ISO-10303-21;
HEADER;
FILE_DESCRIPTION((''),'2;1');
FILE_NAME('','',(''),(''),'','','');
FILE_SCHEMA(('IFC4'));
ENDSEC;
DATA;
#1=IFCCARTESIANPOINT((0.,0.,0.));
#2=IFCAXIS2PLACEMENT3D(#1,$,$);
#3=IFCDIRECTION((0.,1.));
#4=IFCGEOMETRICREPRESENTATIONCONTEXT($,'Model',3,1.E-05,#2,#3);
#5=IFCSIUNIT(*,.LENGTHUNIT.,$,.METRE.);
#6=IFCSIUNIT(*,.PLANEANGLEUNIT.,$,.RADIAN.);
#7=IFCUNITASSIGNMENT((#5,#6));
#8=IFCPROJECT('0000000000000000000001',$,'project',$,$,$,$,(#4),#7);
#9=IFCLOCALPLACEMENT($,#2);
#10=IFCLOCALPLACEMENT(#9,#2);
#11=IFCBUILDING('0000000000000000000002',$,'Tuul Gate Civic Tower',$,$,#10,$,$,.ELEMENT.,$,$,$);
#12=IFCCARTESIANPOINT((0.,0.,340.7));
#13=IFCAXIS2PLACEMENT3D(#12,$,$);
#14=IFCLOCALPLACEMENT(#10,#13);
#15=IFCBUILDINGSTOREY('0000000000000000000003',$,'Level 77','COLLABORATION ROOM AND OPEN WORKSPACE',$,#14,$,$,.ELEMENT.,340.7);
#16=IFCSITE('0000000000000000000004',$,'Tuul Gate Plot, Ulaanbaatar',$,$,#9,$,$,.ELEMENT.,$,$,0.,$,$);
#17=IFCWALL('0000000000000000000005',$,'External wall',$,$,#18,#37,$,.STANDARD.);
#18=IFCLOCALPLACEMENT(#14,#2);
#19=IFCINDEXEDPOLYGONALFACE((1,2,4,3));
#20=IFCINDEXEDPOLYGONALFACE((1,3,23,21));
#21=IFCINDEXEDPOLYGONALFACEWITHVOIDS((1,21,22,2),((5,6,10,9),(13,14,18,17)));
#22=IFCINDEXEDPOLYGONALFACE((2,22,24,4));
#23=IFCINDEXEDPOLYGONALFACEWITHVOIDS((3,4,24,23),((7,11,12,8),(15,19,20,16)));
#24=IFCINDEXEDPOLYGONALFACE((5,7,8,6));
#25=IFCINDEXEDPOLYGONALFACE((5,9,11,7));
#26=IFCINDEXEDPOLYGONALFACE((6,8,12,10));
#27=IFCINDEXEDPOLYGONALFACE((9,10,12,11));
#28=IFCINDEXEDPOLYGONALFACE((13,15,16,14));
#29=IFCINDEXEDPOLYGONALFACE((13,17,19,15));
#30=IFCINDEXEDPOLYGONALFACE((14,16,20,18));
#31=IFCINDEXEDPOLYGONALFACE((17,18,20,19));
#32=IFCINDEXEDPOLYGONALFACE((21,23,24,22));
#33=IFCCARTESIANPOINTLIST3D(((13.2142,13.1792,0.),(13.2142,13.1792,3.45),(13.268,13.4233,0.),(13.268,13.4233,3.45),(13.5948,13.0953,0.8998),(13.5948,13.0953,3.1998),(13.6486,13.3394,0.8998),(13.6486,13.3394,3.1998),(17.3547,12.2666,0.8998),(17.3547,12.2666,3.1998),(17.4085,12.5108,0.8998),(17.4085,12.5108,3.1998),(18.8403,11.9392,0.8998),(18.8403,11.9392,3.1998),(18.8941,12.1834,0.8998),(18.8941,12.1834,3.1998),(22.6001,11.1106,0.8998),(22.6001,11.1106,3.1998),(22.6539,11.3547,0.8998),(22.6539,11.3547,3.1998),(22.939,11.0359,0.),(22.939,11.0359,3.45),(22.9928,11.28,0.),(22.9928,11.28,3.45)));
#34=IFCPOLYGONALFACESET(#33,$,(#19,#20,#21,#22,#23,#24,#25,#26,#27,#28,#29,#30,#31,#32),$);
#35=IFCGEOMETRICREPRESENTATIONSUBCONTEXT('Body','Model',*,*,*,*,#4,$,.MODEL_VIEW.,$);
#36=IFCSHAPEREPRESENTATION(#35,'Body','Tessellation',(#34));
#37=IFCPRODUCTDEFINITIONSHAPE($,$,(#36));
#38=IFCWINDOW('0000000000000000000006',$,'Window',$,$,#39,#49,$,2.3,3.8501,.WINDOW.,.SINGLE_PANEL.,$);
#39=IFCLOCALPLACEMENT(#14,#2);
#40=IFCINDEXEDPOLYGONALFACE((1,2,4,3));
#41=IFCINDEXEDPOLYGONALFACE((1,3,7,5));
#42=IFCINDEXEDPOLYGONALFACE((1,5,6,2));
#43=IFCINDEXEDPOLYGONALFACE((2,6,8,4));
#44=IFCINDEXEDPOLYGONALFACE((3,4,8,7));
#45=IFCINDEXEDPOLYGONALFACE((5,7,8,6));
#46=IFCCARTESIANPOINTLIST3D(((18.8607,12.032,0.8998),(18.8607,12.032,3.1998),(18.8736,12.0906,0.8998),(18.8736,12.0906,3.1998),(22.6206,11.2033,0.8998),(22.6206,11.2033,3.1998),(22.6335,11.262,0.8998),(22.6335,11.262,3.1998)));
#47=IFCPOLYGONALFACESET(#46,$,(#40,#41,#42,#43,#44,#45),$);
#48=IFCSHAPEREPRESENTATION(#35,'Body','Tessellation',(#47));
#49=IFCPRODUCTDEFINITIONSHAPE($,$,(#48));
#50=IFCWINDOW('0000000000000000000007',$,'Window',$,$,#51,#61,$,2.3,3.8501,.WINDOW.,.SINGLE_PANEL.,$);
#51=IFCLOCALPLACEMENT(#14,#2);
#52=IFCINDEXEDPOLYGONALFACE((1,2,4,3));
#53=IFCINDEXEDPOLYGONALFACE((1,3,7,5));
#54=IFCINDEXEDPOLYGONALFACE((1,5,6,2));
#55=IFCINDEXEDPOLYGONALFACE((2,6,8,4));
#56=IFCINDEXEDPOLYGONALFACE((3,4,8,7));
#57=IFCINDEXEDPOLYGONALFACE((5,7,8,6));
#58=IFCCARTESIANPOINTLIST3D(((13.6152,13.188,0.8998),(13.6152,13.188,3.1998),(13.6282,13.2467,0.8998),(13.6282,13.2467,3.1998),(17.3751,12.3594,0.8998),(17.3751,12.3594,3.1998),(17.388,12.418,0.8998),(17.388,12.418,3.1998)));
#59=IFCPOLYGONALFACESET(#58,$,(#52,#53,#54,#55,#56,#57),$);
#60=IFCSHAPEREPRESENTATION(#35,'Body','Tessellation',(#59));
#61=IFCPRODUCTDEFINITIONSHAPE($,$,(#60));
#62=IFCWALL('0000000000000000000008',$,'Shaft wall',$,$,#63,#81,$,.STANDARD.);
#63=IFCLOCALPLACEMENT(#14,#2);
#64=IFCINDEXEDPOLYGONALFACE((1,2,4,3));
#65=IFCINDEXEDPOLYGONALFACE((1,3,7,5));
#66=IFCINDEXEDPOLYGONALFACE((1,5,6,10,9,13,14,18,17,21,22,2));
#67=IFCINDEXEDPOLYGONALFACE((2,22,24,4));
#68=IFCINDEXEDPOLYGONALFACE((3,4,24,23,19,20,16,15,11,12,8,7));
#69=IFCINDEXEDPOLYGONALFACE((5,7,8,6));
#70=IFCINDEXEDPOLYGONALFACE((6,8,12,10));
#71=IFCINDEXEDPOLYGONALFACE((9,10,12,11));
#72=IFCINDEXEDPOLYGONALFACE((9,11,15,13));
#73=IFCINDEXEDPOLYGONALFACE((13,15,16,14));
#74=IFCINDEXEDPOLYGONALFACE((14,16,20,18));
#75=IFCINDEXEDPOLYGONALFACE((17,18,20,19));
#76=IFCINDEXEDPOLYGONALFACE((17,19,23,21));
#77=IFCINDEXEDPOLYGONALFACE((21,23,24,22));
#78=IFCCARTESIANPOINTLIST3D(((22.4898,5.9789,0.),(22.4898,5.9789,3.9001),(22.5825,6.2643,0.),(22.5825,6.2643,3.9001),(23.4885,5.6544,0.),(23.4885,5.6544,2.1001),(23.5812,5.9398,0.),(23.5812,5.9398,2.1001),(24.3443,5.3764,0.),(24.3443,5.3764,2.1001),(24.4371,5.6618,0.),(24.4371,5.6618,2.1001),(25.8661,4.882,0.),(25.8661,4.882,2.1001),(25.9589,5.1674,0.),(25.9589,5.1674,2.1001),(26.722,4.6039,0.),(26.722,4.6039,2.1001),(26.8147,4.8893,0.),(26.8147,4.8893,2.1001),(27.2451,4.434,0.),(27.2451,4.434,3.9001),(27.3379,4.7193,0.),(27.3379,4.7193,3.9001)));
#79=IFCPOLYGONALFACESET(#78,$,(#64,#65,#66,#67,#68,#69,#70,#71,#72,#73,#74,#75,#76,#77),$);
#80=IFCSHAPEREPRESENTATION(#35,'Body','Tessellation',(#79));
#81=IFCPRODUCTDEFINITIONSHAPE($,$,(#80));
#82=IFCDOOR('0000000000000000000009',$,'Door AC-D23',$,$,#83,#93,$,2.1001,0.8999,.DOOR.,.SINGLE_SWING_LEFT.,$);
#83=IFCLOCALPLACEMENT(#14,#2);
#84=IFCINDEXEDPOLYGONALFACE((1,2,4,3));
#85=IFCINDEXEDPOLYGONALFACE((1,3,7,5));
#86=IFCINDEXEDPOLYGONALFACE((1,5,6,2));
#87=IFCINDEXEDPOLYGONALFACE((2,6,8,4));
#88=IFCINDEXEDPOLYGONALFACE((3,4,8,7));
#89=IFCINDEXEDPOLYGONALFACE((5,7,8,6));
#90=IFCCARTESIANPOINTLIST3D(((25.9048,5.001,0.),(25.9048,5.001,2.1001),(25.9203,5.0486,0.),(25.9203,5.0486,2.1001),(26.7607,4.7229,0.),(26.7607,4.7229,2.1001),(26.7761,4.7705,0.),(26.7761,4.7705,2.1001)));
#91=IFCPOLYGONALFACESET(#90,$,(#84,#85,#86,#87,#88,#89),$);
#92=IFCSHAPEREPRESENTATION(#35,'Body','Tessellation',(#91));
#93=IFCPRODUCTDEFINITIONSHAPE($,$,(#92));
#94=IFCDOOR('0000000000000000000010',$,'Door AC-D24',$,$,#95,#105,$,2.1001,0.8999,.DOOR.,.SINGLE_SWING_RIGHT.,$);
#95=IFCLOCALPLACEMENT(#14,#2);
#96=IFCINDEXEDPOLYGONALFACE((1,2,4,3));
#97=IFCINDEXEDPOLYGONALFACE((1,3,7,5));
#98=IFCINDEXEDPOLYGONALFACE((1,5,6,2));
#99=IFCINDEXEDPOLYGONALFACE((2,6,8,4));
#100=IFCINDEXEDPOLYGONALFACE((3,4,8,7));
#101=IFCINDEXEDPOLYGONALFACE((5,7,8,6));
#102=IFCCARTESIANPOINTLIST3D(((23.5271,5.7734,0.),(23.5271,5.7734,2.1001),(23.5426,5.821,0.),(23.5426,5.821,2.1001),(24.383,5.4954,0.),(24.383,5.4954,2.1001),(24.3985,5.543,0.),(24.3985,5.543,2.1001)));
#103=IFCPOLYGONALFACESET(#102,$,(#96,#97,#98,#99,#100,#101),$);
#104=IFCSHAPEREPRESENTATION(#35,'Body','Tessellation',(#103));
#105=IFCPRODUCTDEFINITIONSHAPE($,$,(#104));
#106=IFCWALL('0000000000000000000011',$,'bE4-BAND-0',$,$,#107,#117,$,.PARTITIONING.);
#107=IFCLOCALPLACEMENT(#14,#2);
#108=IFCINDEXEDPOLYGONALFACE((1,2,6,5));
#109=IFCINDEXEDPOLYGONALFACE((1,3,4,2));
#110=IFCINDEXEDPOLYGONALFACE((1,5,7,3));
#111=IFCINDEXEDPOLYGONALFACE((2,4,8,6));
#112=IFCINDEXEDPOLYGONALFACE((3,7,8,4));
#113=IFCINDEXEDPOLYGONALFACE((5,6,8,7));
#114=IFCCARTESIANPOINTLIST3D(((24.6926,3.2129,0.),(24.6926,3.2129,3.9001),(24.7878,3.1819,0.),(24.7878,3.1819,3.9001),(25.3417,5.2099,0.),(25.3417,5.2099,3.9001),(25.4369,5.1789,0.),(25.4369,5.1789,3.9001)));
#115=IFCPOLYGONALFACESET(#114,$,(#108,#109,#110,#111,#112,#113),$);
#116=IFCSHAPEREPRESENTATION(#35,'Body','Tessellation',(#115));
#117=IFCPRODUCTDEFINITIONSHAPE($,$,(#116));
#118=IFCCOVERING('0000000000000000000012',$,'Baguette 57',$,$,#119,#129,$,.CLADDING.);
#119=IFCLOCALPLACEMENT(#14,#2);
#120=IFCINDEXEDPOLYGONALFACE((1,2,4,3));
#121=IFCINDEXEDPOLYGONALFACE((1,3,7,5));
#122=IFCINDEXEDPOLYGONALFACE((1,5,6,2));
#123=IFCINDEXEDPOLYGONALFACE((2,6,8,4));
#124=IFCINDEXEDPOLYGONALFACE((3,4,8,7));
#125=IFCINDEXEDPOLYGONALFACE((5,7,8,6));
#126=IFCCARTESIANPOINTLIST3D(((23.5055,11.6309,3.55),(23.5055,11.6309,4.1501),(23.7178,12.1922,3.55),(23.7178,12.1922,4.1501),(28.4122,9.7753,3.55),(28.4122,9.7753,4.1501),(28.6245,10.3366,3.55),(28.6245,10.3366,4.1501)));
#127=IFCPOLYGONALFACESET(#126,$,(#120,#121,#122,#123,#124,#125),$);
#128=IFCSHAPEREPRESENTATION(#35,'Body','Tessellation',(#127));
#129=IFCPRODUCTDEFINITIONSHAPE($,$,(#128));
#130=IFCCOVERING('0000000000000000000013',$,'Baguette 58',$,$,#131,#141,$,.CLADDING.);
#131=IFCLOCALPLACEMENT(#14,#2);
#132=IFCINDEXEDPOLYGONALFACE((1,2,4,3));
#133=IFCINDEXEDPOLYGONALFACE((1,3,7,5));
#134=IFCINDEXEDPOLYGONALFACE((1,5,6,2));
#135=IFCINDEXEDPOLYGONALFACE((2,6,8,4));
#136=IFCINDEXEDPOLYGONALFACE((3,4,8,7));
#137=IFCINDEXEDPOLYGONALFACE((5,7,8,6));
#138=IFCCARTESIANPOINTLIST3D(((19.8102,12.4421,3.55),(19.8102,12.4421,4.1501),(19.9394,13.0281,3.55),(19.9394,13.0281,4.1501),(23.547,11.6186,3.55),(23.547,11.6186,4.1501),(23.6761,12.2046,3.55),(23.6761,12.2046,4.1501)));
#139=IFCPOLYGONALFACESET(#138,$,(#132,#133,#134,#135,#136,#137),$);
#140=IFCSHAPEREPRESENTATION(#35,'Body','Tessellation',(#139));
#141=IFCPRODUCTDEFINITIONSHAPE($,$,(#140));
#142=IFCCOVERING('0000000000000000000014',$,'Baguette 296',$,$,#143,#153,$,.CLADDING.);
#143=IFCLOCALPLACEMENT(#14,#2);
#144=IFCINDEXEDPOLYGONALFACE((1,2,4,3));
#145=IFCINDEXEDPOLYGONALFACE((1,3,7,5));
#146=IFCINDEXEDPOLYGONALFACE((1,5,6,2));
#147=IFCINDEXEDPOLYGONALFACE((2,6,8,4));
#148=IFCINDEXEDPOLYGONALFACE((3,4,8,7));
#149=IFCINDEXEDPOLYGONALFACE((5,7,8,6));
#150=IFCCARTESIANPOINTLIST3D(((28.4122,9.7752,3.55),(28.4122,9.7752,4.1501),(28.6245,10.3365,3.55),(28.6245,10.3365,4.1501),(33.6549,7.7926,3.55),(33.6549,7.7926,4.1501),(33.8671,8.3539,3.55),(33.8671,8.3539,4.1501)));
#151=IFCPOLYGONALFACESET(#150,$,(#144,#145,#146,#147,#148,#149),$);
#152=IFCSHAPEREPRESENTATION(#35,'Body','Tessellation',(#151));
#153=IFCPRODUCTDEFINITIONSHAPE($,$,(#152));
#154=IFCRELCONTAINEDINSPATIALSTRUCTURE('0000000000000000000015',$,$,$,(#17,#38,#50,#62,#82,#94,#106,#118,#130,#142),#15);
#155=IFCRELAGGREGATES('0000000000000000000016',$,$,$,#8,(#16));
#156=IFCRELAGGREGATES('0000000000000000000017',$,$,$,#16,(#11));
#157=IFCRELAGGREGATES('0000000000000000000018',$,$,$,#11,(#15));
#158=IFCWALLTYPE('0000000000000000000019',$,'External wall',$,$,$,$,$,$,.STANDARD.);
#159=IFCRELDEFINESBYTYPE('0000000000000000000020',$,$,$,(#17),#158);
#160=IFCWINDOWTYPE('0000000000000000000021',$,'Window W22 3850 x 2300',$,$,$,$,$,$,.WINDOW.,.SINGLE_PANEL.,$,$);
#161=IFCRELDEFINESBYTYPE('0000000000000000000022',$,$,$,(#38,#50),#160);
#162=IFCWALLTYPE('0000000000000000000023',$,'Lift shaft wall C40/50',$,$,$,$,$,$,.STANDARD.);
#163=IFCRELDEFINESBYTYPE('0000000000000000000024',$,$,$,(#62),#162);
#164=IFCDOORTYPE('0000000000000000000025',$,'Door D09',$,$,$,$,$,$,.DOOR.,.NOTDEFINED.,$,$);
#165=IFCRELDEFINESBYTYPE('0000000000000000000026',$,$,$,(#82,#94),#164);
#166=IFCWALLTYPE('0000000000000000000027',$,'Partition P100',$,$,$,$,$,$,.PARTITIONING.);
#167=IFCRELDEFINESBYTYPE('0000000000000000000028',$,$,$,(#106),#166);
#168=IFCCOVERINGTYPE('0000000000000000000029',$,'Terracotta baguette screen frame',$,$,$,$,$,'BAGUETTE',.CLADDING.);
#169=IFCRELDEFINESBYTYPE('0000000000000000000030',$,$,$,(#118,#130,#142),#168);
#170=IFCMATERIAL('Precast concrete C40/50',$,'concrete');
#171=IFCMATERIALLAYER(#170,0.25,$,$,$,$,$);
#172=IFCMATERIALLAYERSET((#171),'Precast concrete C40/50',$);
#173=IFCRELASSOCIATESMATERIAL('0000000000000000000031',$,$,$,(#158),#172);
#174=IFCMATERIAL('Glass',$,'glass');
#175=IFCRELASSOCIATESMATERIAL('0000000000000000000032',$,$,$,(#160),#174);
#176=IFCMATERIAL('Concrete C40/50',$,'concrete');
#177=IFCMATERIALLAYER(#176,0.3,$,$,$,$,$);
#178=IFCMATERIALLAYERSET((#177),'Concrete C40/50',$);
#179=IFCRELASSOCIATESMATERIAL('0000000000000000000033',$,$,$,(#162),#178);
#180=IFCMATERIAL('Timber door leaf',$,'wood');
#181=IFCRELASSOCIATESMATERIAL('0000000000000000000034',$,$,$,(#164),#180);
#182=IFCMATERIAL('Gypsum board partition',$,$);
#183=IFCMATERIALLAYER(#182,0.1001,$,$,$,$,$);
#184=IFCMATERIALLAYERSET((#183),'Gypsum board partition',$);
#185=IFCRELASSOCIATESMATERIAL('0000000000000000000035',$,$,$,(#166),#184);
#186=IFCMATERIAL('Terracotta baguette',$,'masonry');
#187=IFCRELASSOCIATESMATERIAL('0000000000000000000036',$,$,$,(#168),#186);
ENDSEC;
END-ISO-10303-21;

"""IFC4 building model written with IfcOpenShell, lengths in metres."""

from ifc_helpers import new_model, si_unit, direction, frame, frame_2d, origin, origin_2d, place, context, subcontext, project, spatial, rectangle, extrude, material, layer, layer_set, material_profile, profile_set, type_object, element, fill, save


model = new_model("IFC4")

# Units and contexts
model_context = context("Model", 3, precision=1e-05, world=origin(), true_north=direction((0.0, 1.0)))
body_context = subcontext(model_context, "Body", "Model", "MODEL_VIEW")
ifc_project = project(units=[si_unit("LENGTHUNIT", "METRE"), si_unit("PLANEANGLEUNIT", "RADIAN")], contexts=[model_context])

# Site, building, storey
site_placement = place(None, origin())
site = spatial("IfcSite", under=ifc_project, at=site_placement, Name="Tuul Gate Plot, Ulaanbaatar", CompositionType="ELEMENT", RefElevation=0.0)
building_placement = place(site_placement, origin())
building = spatial("IfcBuilding", under=site, at=building_placement, Name="Tuul Gate Civic Tower", CompositionType="ELEMENT")
storey_placement = place(building_placement, frame((0.0, 0.0, 340.7)))
storey = spatial("IfcBuildingStorey", under=building, at=storey_placement, Name="Level 77", Description="COLLABORATION ROOM AND OPEN WORKSPACE", CompositionType="ELEMENT", Elevation=340.7)

# Wall, openings, windows
ifc_material_1 = material(Name="Precast concrete C40/50", Category="concrete")
ifc_layer_1 = layer(ifc_material_1, 0.25)
ifc_layer_set_1 = layer_set([ifc_layer_1], Name="Precast concrete C40/50")
wall_type_1 = type_object("IfcWallType", Name="External wall", PredefinedType="STANDARD", material=ifc_layer_set_1)
ifc_material_2 = material(Name="Glass", Category="glass")
window_type = type_object("IfcWindowType", Name="Window W22 3850 x 2300", PartitioningType="SINGLE_PANEL", PredefinedType="WINDOW", material=ifc_material_2)
wall_1_placement = place(storey_placement, frame((22.9658, 11.158, 0.0), z_axis=(0.0, 0.0, 1.0), x_axis=(-0.976563, 0.21523, 0.0)))
wall_1 = element("IfcWall", 1, at=wall_1_placement, inside=storey, type_object=wall_type_1, Name="External wall", PredefinedType="STANDARD", context=body_context, shape_type="SweptSolid", body=[
    extrude(rectangle(XDim=9.9583, YDim=0.25, at=frame_2d((4.979, 0.0))), origin(), (0.0, 0.0, 1.0), 3.45),
])
opening_1_placement = place(wall_1_placement, frame((0.3469, 0.0, 0.8999)))
opening_1 = element("IfcOpeningElement", 2, at=opening_1_placement, cuts=wall_1, PredefinedType="OPENING", context=body_context, shape_type="SweptSolid", body=[
    extrude(rectangle(XDim=3.8501, YDim=2.3, at=frame_2d((1.925, 1.1499))), frame((0.0, 0.135, 0.0), z_axis=(0.0, -1.0, 0.0), x_axis=(1.0, 0.0, 0.0)), (0.0, 0.0, 1.0), 0.27),
])
opening_2_placement = place(wall_1_placement, frame((5.7183, 0.0, 0.8999)))
opening_2 = element("IfcOpeningElement", 3, at=opening_2_placement, cuts=wall_1, PredefinedType="OPENING", context=body_context, shape_type="SweptSolid", body=[
    extrude(rectangle(XDim=3.8501, YDim=2.3, at=frame_2d((1.925, 1.1499))), frame((0.0, 0.135, 0.0), z_axis=(0.0, -1.0, 0.0), x_axis=(1.0, 0.0, 0.0)), (0.0, 0.0, 1.0), 0.27),
])
window_1_placement = place(opening_1_placement, origin())
window_1 = element("IfcWindow", 4, at=window_1_placement, inside=storey, type_object=window_type, Name="Window", OverallHeight=2.3, OverallWidth=3.8501, PartitioningType="SINGLE_PANEL", PredefinedType="WINDOW", context=body_context, shape_type="SweptSolid", body=[
    extrude(rectangle(XDim=3.8501, YDim=2.3, at=frame_2d((1.925, 1.1499))), frame((0.0, 0.03, 0.0), z_axis=(0.0, -1.0, 0.0), x_axis=(1.0, 0.0, 0.0)), (0.0, 0.0, 1.0), 0.0601),
])
fill(opening_1, window_1)
window_2_placement = place(opening_2_placement, origin())
window_2 = element("IfcWindow", 5, at=window_2_placement, inside=storey, type_object=window_type, Name="Window", OverallHeight=2.3, OverallWidth=3.8501, PartitioningType="SINGLE_PANEL", PredefinedType="WINDOW", context=body_context, shape_type="SweptSolid", body=[
    extrude(rectangle(XDim=3.8501, YDim=2.3, at=frame_2d((1.925, 1.1499))), frame((0.0, 0.03, 0.0), z_axis=(0.0, -1.0, 0.0), x_axis=(1.0, 0.0, 0.0)), (0.0, 0.0, 1.0), 0.0601),
])
fill(opening_2, window_2)

# Wall, openings, doors
ifc_material_3 = material(Name="Concrete C40/50", Category="concrete")
ifc_layer_2 = layer(ifc_material_3, 0.3)
ifc_layer_set_2 = layer_set([ifc_layer_2], Name="Concrete C40/50")
wall_type_2 = type_object("IfcWallType", Name="Lift shaft wall C40/50", PredefinedType="STANDARD", material=ifc_layer_set_2)
wall_2_placement = place(storey_placement, frame((27.2915, 4.5767, 0.0), z_axis=(0.0, 0.0, 1.0), x_axis=(-0.951068, 0.308982, 0.0)))
wall_2 = element("IfcWall", 6, at=wall_2_placement, inside=storey, type_object=wall_type_2, Name="Shaft wall", PredefinedType="STANDARD", context=body_context, shape_type="SweptSolid", body=[
    extrude(rectangle(XDim=5.0, YDim=0.3, at=frame_2d((2.5, 0.0))), origin(), (0.0, 0.0, 1.0), 3.9001),
])
opening_3_placement = place(wall_2_placement, frame((0.55, 0.0, 0.0)))
opening_3 = element("IfcOpeningElement", 7, at=opening_3_placement, cuts=wall_2, PredefinedType="OPENING", context=body_context, shape_type="SweptSolid", body=[
    extrude(rectangle(XDim=0.8999, YDim=2.1001, at=frame_2d((0.45, 1.05))), frame((0.0, 0.1602, 0.0), z_axis=(0.0, -1.0, 0.0), x_axis=(1.0, 0.0, 0.0)), (0.0, 0.0, 1.0), 0.3201),
])
opening_4_placement = place(wall_2_placement, frame((3.05, 0.0, 0.0)))
opening_4 = element("IfcOpeningElement", 8, at=opening_4_placement, cuts=wall_2, PredefinedType="OPENING", context=body_context, shape_type="SweptSolid", body=[
    extrude(rectangle(XDim=0.8999, YDim=2.1001, at=frame_2d((0.45, 1.05))), frame((0.0, 0.1602, 0.0), z_axis=(0.0, -1.0, 0.0), x_axis=(1.0, 0.0, 0.0)), (0.0, 0.0, 1.0), 0.3201),
])
ifc_material_4 = material(Name="Timber door leaf", Category="wood")
door_type_1 = type_object("IfcDoorType", Name="Door D09", OperationType="NOTDEFINED", PredefinedType="DOOR", material=ifc_material_4)
door_1_placement = place(opening_3_placement, origin())
door_1 = element("IfcDoor", 9, at=door_1_placement, inside=storey, type_object=door_type_1, Name="Door AC-D23", OperationType="SINGLE_SWING_LEFT", OverallHeight=2.1001, OverallWidth=0.8999, PredefinedType="DOOR", context=body_context, shape_type="SweptSolid", body=[
    extrude(rectangle(XDim=0.8999, YDim=2.1001, at=frame_2d((0.45, 1.05))), frame((0.0, 0.0249, 0.0), z_axis=(0.0, -1.0, 0.0), x_axis=(1.0, 0.0, 0.0)), (0.0, 0.0, 1.0), 0.05),
])
fill(opening_3, door_1)
door_2_placement = place(opening_4_placement, origin())
door_2 = element("IfcDoor", 10, at=door_2_placement, inside=storey, type_object=door_type_1, Name="Door AC-D24", OperationType="SINGLE_SWING_RIGHT", OverallHeight=2.1001, OverallWidth=0.8999, PredefinedType="DOOR", context=body_context, shape_type="SweptSolid", body=[
    extrude(rectangle(XDim=0.8999, YDim=2.1001, at=frame_2d((0.45, 1.05))), frame((0.0, 0.0249, 0.0), z_axis=(0.0, -1.0, 0.0), x_axis=(1.0, 0.0, 0.0)), (0.0, 0.0, 1.0), 0.05),
])
fill(opening_4, door_2)

# Wall
ifc_material_5 = material(Name="Gypsum board partition")
ifc_layer_3 = layer(ifc_material_5, 0.1001)
ifc_layer_set_3 = layer_set([ifc_layer_3], Name="Gypsum board partition")
wall_type_3 = type_object("IfcWallType", Name="Partition P100", PredefinedType="PARTITIONING", material=ifc_layer_set_3)
wall_3_placement = place(storey_placement, frame((24.7402, 3.1975, 0.0), z_axis=(0.0, 0.0, 1.0), x_axis=(0.309139, 0.951017, 0.0)))
element("IfcWall", 11, at=wall_3_placement, inside=storey, type_object=wall_type_3, Name="bE4-BAND-0", PredefinedType="PARTITIONING", context=body_context, shape_type="SweptSolid", body=[
    extrude(rectangle(XDim=2.0999, YDim=0.1001, at=frame_2d((1.0498, 0.0))), origin(), (0.0, 0.0, 1.0), 3.9001),
])

# Coverings
ifc_material_6 = material(Name="Terracotta baguette", Category="masonry")
ifc_material_profile_1 = material_profile(ifc_material_6, rectangle(XDim=0.6001, YDim=0.6001, at=origin_2d()), Name="Terracotta baguette screen frame")
ifc_profile_set_1 = profile_set([ifc_material_profile_1], Name="Terracotta baguette")
covering_type = type_object("IfcCoveringType", Name="Terracotta baguette screen frame", ElementType="BAGUETTE", PredefinedType="CLADDING", material=ifc_profile_set_1)
covering_1_placement = place(storey_placement, frame((28.5183, 10.0559, 3.8501), z_axis=(-0.935342, 0.353744, 0.0), x_axis=(-0.353744, -0.935342, 0.0)))
element("IfcCovering", 12, at=covering_1_placement, inside=storey, type_object=covering_type, Name="Baguette 57", PredefinedType="CLADDING", context=body_context, shape_type="SweptSolid", body=[
    extrude(rectangle(XDim=0.6001, YDim=0.6001, at=origin_2d()), origin(), (0.0, 0.0, 1.0), 5.2458),
])
covering_2_placement = place(storey_placement, frame((23.6116, 11.9116, 3.8501), z_axis=(-0.976568, 0.215207, 0.0), x_axis=(-0.215207, -0.976568, 0.0)))
element("IfcCovering", 13, at=covering_2_placement, inside=storey, type_object=covering_type, Name="Baguette 58", PredefinedType="CLADDING", context=body_context, shape_type="SweptSolid", body=[
    extrude(rectangle(XDim=0.6001, YDim=0.6001, at=origin_2d()), origin(), (0.0, 0.0, 1.0), 3.8264),
])
covering_3_placement = place(storey_placement, frame((33.761, 8.0732, 3.8501), z_axis=(-0.935348, 0.353728, 0.0), x_axis=(-0.353728, -0.935348, 0.0)))
element("IfcCovering", 14, at=covering_3_placement, inside=storey, type_object=covering_type, Name="Baguette 296", PredefinedType="CLADDING", context=body_context, shape_type="SweptSolid", body=[
    extrude(rectangle(XDim=0.6001, YDim=0.6001, at=origin_2d()), origin(), (0.0, 0.0, 1.0), 5.605),
])

save(model, "model.ifc")
